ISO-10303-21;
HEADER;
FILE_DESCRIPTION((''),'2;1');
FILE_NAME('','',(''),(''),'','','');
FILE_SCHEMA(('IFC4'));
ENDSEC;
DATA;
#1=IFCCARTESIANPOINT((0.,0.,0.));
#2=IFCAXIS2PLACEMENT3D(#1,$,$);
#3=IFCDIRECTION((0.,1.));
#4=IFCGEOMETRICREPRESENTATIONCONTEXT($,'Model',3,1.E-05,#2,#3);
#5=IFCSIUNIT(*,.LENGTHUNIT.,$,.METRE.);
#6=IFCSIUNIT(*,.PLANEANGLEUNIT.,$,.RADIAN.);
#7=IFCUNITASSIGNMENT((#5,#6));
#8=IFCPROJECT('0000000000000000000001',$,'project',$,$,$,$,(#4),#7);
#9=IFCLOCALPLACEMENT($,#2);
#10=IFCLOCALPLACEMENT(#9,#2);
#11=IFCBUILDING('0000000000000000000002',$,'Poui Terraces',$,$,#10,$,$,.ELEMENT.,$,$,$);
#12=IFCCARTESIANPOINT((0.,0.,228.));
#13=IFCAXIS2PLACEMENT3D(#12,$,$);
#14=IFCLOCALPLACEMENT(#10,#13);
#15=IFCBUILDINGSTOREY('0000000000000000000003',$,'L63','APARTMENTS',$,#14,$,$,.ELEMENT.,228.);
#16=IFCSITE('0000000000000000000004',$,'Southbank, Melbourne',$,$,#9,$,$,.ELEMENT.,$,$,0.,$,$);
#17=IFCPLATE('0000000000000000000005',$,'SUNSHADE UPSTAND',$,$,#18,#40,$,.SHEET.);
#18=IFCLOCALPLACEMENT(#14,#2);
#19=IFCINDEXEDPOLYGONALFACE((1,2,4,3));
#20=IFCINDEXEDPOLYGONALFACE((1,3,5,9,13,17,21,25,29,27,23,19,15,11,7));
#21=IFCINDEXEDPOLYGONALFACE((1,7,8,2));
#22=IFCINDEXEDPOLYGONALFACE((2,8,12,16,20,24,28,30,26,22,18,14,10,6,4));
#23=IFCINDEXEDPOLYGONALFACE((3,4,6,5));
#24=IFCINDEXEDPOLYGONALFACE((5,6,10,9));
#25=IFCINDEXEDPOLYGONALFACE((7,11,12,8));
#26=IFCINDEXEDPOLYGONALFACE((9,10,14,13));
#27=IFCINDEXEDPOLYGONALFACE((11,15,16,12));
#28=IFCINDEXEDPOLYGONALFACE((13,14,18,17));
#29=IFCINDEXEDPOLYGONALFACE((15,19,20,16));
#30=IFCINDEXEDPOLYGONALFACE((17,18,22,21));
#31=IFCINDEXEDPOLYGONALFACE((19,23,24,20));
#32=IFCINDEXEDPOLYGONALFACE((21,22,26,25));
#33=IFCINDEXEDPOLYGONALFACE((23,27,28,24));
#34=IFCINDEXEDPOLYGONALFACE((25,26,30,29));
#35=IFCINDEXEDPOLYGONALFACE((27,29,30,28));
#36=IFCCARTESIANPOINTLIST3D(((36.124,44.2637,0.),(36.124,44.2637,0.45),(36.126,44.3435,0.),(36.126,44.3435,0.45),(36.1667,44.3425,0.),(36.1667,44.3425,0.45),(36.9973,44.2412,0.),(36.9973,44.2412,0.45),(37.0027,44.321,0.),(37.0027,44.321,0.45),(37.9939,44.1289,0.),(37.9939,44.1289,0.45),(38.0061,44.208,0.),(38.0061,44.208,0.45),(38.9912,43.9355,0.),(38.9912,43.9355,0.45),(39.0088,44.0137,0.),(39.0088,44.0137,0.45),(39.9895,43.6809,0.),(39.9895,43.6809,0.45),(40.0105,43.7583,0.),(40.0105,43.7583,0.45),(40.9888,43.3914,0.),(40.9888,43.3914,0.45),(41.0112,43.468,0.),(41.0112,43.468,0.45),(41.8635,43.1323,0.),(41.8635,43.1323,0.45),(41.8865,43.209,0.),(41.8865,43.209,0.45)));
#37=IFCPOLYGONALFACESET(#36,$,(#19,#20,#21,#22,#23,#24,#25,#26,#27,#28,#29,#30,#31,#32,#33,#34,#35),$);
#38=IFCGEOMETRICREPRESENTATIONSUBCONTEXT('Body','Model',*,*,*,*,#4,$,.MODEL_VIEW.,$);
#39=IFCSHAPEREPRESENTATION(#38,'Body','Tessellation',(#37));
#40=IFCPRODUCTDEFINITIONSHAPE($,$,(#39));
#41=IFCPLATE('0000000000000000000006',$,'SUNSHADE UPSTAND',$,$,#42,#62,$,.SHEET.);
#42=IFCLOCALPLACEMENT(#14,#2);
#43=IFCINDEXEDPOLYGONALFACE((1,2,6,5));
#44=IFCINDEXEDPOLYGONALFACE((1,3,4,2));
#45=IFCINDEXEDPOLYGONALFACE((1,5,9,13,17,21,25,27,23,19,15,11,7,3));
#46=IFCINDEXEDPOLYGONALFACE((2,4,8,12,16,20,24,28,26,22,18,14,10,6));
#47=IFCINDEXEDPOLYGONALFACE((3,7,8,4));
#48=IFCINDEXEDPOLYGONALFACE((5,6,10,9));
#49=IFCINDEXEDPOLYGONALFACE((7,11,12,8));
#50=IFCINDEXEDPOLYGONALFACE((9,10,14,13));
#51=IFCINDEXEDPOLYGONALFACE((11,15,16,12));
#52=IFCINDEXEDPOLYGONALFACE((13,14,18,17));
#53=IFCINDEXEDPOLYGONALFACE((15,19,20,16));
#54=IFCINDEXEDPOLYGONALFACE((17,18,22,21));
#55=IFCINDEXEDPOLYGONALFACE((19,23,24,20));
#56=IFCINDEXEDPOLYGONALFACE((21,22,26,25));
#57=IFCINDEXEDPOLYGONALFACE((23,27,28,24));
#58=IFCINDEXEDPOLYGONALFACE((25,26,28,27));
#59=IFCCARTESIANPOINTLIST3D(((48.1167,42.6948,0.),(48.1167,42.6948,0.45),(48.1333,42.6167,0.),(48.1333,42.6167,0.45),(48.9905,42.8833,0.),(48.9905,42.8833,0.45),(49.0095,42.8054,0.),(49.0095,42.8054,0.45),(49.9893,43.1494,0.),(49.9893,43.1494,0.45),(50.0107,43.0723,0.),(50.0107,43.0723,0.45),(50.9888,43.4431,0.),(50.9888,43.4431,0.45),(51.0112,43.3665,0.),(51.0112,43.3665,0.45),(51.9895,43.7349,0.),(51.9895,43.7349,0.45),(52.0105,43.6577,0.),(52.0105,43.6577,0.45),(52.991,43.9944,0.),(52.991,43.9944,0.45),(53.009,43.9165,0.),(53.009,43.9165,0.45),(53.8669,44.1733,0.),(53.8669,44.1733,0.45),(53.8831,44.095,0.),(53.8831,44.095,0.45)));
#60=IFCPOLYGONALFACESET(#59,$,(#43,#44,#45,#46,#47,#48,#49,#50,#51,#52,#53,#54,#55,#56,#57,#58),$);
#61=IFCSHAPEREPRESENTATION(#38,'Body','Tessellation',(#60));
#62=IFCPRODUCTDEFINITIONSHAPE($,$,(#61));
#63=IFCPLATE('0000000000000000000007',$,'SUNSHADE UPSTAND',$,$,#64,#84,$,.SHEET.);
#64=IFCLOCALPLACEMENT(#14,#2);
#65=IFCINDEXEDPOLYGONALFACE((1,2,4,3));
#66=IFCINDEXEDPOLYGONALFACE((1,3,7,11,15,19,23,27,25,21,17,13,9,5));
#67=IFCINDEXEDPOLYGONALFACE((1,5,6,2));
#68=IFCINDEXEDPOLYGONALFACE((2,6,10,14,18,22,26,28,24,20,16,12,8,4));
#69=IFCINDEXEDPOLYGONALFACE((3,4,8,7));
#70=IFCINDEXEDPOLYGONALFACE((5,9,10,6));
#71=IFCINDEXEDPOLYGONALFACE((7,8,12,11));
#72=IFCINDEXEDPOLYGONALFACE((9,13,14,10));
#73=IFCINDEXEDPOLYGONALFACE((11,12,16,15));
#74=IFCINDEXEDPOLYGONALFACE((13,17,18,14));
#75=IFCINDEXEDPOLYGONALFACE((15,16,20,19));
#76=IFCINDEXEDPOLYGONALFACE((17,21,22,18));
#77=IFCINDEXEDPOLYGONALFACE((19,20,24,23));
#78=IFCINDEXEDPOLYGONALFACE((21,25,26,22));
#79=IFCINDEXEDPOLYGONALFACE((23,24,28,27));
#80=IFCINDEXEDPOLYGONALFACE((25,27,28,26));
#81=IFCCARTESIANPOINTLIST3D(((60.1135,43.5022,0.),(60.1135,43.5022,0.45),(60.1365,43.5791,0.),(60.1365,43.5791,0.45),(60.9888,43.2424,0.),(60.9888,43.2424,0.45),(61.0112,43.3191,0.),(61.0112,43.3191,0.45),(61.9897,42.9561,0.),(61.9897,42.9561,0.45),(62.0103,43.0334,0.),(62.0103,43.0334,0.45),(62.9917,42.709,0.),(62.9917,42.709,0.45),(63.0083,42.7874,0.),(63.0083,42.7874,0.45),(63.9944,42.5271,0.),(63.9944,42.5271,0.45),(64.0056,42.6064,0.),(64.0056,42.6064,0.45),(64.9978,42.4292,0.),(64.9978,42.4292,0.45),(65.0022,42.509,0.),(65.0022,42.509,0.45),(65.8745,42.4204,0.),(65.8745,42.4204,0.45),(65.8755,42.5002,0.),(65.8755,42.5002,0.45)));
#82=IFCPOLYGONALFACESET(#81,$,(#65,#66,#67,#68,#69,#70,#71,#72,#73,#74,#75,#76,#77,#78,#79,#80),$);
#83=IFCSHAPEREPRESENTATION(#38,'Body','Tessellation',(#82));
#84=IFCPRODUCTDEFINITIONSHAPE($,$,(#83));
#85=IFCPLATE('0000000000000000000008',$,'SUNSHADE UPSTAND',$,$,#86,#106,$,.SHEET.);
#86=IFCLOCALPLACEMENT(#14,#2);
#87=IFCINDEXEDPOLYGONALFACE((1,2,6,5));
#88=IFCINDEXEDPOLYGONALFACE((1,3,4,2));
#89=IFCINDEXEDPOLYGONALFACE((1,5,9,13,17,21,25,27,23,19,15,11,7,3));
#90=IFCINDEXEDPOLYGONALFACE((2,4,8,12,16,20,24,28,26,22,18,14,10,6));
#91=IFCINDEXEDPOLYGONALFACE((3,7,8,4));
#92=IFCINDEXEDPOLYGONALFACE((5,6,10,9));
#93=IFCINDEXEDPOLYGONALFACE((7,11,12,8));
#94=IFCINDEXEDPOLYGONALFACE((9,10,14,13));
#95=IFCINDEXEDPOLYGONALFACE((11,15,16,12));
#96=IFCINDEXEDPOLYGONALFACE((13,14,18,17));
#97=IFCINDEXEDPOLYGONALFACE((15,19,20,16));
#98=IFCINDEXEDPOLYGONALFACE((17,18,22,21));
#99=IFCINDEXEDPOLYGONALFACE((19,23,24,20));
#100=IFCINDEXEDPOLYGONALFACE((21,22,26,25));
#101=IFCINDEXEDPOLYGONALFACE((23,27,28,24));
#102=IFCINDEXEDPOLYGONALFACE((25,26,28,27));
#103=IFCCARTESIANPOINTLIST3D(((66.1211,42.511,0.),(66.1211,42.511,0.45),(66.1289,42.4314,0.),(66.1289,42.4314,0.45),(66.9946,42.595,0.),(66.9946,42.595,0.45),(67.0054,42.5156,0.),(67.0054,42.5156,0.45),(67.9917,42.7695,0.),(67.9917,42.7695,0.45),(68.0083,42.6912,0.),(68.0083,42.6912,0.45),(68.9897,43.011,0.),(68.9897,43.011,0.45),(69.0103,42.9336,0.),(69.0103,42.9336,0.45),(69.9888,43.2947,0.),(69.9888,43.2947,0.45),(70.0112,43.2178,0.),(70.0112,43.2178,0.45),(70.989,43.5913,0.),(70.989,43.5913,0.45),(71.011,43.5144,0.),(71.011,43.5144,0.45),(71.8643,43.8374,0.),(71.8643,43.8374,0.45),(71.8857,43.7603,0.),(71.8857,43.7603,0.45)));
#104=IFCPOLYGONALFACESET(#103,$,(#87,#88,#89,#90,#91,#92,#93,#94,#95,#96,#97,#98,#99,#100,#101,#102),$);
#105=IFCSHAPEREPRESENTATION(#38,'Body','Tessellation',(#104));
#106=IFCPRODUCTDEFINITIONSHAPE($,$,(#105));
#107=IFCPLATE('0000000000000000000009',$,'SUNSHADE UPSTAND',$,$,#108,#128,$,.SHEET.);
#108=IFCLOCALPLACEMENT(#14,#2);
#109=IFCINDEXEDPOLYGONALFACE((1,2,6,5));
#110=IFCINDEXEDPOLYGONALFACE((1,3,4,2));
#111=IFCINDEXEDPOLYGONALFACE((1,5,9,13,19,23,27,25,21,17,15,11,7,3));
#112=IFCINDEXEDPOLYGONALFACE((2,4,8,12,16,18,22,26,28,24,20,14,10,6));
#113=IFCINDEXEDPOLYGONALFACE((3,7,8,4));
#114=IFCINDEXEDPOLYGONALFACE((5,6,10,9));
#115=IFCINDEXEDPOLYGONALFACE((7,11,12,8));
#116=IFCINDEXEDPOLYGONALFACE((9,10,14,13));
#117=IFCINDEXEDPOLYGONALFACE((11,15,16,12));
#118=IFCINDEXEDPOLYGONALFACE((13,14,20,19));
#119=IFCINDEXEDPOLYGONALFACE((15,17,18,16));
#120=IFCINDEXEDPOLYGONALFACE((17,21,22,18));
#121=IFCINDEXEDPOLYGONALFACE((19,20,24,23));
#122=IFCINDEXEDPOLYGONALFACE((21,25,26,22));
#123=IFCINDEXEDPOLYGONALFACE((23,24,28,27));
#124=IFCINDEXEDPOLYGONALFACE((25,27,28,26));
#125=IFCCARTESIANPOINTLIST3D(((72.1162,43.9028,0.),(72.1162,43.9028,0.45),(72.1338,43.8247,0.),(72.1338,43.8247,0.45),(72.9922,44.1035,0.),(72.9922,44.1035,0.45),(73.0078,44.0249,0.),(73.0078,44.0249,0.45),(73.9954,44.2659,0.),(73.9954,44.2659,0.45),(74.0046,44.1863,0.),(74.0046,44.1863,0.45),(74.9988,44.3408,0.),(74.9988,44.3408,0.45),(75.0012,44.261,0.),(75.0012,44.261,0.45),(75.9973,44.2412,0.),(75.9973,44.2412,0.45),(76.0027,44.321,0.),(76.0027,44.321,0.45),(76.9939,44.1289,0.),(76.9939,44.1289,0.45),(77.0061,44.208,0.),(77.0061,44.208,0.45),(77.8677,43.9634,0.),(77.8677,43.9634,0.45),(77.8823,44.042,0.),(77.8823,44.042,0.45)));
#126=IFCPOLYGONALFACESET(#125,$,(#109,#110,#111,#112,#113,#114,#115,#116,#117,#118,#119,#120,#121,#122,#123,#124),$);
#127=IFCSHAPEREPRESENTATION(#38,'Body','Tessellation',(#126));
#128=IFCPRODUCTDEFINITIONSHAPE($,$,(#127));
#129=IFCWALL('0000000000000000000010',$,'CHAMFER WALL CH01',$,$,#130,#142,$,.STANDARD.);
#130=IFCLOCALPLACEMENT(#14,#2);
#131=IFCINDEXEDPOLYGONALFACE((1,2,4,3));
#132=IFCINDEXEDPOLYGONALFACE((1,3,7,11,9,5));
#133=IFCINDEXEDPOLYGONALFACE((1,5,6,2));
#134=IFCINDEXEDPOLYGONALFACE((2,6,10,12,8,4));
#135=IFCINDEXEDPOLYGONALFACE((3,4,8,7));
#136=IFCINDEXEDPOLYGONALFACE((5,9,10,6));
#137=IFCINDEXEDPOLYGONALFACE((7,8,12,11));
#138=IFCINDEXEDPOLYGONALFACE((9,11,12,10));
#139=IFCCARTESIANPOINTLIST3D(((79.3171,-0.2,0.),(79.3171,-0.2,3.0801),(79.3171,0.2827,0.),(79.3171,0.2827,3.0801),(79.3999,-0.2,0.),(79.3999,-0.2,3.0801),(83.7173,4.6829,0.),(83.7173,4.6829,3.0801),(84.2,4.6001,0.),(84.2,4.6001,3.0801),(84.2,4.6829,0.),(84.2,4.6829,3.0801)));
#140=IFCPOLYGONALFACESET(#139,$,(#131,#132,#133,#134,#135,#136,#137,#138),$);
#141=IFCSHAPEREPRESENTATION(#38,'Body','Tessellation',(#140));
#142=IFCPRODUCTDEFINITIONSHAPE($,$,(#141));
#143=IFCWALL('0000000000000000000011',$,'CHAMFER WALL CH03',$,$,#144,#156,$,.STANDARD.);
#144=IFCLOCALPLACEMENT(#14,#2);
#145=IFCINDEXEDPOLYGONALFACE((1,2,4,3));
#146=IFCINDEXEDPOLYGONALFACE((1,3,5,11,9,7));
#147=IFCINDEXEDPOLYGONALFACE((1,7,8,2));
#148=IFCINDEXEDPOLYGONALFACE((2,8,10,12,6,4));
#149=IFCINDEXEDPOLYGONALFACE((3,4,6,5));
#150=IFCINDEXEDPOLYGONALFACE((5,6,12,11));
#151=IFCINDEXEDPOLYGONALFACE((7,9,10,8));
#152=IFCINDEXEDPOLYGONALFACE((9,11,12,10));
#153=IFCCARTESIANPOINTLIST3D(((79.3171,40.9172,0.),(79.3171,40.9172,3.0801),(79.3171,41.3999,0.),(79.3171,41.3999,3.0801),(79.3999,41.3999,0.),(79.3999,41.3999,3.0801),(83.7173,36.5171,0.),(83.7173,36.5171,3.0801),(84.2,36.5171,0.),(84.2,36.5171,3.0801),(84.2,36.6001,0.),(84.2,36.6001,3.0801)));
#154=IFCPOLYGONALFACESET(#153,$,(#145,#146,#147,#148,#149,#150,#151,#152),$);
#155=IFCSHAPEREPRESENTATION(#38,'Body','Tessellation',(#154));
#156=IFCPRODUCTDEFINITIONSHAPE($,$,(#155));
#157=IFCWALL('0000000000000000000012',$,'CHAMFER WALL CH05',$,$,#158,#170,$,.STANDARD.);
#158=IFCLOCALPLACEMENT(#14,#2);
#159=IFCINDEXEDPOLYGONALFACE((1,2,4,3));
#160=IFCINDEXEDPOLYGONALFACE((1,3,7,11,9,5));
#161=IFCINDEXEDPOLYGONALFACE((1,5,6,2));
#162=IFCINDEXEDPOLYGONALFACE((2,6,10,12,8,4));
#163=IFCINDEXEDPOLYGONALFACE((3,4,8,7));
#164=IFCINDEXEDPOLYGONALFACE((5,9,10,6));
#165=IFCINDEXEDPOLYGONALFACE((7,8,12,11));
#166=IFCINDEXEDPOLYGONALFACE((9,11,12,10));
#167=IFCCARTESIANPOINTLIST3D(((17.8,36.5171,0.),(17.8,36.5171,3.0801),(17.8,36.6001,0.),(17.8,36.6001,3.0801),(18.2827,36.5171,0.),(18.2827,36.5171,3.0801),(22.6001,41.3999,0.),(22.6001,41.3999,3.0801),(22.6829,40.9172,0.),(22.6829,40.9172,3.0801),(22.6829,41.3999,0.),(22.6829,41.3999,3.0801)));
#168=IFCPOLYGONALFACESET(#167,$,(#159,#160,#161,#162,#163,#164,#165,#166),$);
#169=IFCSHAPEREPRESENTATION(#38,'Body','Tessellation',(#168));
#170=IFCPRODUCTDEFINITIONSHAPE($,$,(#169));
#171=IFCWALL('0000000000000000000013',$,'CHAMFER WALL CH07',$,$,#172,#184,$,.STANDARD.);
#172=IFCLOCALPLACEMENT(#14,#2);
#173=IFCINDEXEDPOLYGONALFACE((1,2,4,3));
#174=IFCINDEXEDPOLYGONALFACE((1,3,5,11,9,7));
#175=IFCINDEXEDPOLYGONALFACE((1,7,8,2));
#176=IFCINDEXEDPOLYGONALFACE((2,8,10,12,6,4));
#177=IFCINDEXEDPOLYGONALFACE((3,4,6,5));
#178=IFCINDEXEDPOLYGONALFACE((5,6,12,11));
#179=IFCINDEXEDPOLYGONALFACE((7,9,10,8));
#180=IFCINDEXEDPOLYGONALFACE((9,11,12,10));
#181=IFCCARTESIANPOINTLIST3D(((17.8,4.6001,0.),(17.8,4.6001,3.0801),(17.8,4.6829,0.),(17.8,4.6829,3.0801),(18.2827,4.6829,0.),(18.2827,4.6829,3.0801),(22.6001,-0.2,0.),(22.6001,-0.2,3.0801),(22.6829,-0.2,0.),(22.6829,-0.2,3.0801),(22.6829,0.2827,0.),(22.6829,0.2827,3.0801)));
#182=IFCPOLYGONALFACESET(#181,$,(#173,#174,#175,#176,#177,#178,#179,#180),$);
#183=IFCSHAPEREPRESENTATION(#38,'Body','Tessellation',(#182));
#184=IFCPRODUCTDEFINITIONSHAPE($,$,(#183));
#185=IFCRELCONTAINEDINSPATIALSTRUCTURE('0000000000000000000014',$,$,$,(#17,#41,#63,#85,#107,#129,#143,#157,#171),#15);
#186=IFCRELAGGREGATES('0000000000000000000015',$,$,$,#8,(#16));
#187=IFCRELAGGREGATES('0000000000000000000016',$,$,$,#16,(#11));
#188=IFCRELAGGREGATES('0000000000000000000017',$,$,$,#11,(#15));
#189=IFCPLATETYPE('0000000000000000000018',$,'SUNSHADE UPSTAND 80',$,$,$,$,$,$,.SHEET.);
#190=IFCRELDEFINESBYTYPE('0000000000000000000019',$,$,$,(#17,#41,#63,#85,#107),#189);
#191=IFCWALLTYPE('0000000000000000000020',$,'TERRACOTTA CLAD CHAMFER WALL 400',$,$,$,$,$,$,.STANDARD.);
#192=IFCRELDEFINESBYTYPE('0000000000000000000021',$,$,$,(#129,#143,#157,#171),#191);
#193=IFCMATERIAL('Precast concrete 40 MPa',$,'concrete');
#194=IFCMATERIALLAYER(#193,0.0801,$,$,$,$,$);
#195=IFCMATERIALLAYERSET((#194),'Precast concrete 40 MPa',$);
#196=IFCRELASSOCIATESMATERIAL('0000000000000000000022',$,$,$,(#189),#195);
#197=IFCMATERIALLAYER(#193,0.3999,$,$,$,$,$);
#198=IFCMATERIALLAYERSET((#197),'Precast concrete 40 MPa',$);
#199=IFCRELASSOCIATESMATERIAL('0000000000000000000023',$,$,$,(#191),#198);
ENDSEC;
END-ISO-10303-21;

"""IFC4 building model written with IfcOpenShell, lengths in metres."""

from ifc_helpers import new_model, si_unit, direction, frame, origin, place, context, subcontext, project, spatial, polyline, outline, extrude, material, layer, layer_set, type_object, element, save


model = new_model("IFC4")

# Units and contexts
model_context = context("Model", 3, precision=1e-05, world=origin(), true_north=direction((0.0, 1.0)))
body_context = subcontext(model_context, "Body", "Model", "MODEL_VIEW")
ifc_project = project(units=[si_unit("LENGTHUNIT", "METRE"), si_unit("PLANEANGLEUNIT", "RADIAN")], contexts=[model_context])

# Site, building, storey
site_placement = place(None, origin())
site = spatial("IfcSite", under=ifc_project, at=site_placement, Name="Southbank, Melbourne", CompositionType="ELEMENT", RefElevation=0.0)
building_placement = place(site_placement, origin())
building = spatial("IfcBuilding", under=site, at=building_placement, Name="Poui Terraces", CompositionType="ELEMENT")
storey_placement = place(building_placement, frame((0.0, 0.0, 228.0)))
storey = spatial("IfcBuildingStorey", under=building, at=storey_placement, Name="L63", Description="APARTMENTS", CompositionType="ELEMENT", Elevation=228.0)

# Shared definitions
ifc_material_1 = material(Name="Precast concrete 40 MPa", Category="concrete")

# Plates
ifc_layer_1 = layer(ifc_material_1, 0.0801)
ifc_layer_set_1 = layer_set([ifc_layer_1], Name="Precast concrete 40 MPa")
plate_type = type_object("IfcPlateType", Name="SUNSHADE UPSTAND 80", PredefinedType="SHEET", material=ifc_layer_set_1)
plate_1_placement = place(storey_placement, origin())
element("IfcPlate", 1, at=plate_1_placement, inside=storey, type_object=plate_type, Name="SUNSHADE UPSTAND", PredefinedType="SHEET", context=body_context, shape_type="SweptSolid", body=[
    extrude(outline(polyline([(37.0027, 44.321), (36.1667, 44.3425), (36.126, 44.3435), (36.124, 44.2637), (36.9973, 44.2412), (37.9939, 44.1289), (38.9912, 43.9355), (39.9895, 43.6809), (40.9888, 43.3914), (41.8635, 43.1323), (41.8865, 43.209), (41.0112, 43.468), (40.0105, 43.7583), (39.0088, 44.0137), (38.0061, 44.208), (37.0027, 44.321)])), origin(), (0.0, 0.0, 1.0), 0.45),
])
plate_2_placement = place(storey_placement, origin())
element("IfcPlate", 2, at=plate_2_placement, inside=storey, type_object=plate_type, Name="SUNSHADE UPSTAND", PredefinedType="SHEET", context=body_context, shape_type="SweptSolid", body=[
    extrude(outline(polyline([(48.9905, 42.8833), (48.1167, 42.6948), (48.1333, 42.6167), (49.0095, 42.8054), (50.0107, 43.0723), (51.0112, 43.3665), (52.0105, 43.6577), (53.009, 43.9165), (53.8831, 44.095), (53.8669, 44.1733), (52.991, 43.9944), (51.9895, 43.7349), (50.9888, 43.4431), (49.9893, 43.1494), (48.9905, 42.8833)])), origin(), (0.0, 0.0, 1.0), 0.45),
])
plate_3_placement = place(storey_placement, origin())
element("IfcPlate", 3, at=plate_3_placement, inside=storey, type_object=plate_type, Name="SUNSHADE UPSTAND", PredefinedType="SHEET", context=body_context, shape_type="SweptSolid", body=[
    extrude(outline(polyline([(61.0112, 43.3191), (60.1365, 43.5791), (60.1135, 43.5022), (60.9888, 43.2424), (61.9897, 42.9561), (62.9917, 42.709), (63.9944, 42.5271), (64.9978, 42.4292), (65.8745, 42.4204), (65.8755, 42.5002), (65.0022, 42.509), (64.0056, 42.6064), (63.0083, 42.7874), (62.0103, 43.0334), (61.0112, 43.3191)])), origin(), (0.0, 0.0, 1.0), 0.45),
])
plate_4_placement = place(storey_placement, origin())
element("IfcPlate", 4, at=plate_4_placement, inside=storey, type_object=plate_type, Name="SUNSHADE UPSTAND", PredefinedType="SHEET", context=body_context, shape_type="SweptSolid", body=[
    extrude(outline(polyline([(66.9946, 42.595), (66.1211, 42.511), (66.1289, 42.4314), (67.0054, 42.5156), (68.0083, 42.6912), (69.0103, 42.9336), (70.0112, 43.2178), (71.011, 43.5144), (71.8857, 43.7603), (71.8643, 43.8374), (70.989, 43.5913), (69.9888, 43.2947), (68.9897, 43.011), (67.9917, 42.7695), (66.9946, 42.595)])), origin(), (0.0, 0.0, 1.0), 0.45),
])
plate_5_placement = place(storey_placement, origin())
element("IfcPlate", 5, at=plate_5_placement, inside=storey, type_object=plate_type, Name="SUNSHADE UPSTAND", PredefinedType="SHEET", context=body_context, shape_type="SweptSolid", body=[
    extrude(outline(polyline([(72.9922, 44.1035), (72.1162, 43.9028), (72.1338, 43.8247), (73.0078, 44.0249), (74.0046, 44.1863), (75.0012, 44.261), (75.9973, 44.2412), (76.9939, 44.1289), (77.8677, 43.9634), (77.8823, 44.042), (77.0061, 44.208), (76.0027, 44.321), (74.9988, 44.3408), (73.9954, 44.2659), (72.9922, 44.1035)])), origin(), (0.0, 0.0, 1.0), 0.45),
])

# Walls
ifc_layer_2 = layer(ifc_material_1, 0.3999)
ifc_layer_set_2 = layer_set([ifc_layer_2], Name="Precast concrete 40 MPa")
wall_type = type_object("IfcWallType", Name="TERRACOTTA CLAD CHAMFER WALL 400", PredefinedType="STANDARD", material=ifc_layer_set_2)
wall_1_placement = place(storey_placement, origin())
element("IfcWall", 6, at=wall_1_placement, inside=storey, type_object=wall_type, Name="CHAMFER WALL CH01", PredefinedType="STANDARD", context=body_context, shape_type="SweptSolid", body=[
    extrude(outline(polyline([(79.3171, -0.2), (79.3999, -0.2), (84.2, 4.6001), (84.2, 4.6829), (83.7173, 4.6829), (79.3171, 0.2827), (79.3171, -0.2)])), origin(), (0.0, 0.0, 1.0), 3.0801),
])
wall_2_placement = place(storey_placement, origin())
element("IfcWall", 7, at=wall_2_placement, inside=storey, type_object=wall_type, Name="CHAMFER WALL CH03", PredefinedType="STANDARD", context=body_context, shape_type="SweptSolid", body=[
    extrude(outline(polyline([(84.2, 36.5171), (84.2, 36.6001), (79.3999, 41.3999), (79.3171, 41.3999), (79.3171, 40.9172), (83.7173, 36.5171), (84.2, 36.5171)])), origin(), (0.0, 0.0, 1.0), 3.0801),
])
wall_3_placement = place(storey_placement, origin())
element("IfcWall", 8, at=wall_3_placement, inside=storey, type_object=wall_type, Name="CHAMFER WALL CH05", PredefinedType="STANDARD", context=body_context, shape_type="SweptSolid", body=[
    extrude(outline(polyline([(22.6829, 41.3999), (22.6001, 41.3999), (17.8, 36.6001), (17.8, 36.5171), (18.2827, 36.5171), (22.6829, 40.9172), (22.6829, 41.3999)])), origin(), (0.0, 0.0, 1.0), 3.0801),
])
wall_4_placement = place(storey_placement, origin())
element("IfcWall", 9, at=wall_4_placement, inside=storey, type_object=wall_type, Name="CHAMFER WALL CH07", PredefinedType="STANDARD", context=body_context, shape_type="SweptSolid", body=[
    extrude(outline(polyline([(17.8, 4.6829), (17.8, 4.6001), (22.6001, -0.2), (22.6829, -0.2), (22.6829, 0.2827), (18.2827, 4.6829), (17.8, 4.6829)])), origin(), (0.0, 0.0, 1.0), 3.0801),
])

save(model, "model.ifc")
